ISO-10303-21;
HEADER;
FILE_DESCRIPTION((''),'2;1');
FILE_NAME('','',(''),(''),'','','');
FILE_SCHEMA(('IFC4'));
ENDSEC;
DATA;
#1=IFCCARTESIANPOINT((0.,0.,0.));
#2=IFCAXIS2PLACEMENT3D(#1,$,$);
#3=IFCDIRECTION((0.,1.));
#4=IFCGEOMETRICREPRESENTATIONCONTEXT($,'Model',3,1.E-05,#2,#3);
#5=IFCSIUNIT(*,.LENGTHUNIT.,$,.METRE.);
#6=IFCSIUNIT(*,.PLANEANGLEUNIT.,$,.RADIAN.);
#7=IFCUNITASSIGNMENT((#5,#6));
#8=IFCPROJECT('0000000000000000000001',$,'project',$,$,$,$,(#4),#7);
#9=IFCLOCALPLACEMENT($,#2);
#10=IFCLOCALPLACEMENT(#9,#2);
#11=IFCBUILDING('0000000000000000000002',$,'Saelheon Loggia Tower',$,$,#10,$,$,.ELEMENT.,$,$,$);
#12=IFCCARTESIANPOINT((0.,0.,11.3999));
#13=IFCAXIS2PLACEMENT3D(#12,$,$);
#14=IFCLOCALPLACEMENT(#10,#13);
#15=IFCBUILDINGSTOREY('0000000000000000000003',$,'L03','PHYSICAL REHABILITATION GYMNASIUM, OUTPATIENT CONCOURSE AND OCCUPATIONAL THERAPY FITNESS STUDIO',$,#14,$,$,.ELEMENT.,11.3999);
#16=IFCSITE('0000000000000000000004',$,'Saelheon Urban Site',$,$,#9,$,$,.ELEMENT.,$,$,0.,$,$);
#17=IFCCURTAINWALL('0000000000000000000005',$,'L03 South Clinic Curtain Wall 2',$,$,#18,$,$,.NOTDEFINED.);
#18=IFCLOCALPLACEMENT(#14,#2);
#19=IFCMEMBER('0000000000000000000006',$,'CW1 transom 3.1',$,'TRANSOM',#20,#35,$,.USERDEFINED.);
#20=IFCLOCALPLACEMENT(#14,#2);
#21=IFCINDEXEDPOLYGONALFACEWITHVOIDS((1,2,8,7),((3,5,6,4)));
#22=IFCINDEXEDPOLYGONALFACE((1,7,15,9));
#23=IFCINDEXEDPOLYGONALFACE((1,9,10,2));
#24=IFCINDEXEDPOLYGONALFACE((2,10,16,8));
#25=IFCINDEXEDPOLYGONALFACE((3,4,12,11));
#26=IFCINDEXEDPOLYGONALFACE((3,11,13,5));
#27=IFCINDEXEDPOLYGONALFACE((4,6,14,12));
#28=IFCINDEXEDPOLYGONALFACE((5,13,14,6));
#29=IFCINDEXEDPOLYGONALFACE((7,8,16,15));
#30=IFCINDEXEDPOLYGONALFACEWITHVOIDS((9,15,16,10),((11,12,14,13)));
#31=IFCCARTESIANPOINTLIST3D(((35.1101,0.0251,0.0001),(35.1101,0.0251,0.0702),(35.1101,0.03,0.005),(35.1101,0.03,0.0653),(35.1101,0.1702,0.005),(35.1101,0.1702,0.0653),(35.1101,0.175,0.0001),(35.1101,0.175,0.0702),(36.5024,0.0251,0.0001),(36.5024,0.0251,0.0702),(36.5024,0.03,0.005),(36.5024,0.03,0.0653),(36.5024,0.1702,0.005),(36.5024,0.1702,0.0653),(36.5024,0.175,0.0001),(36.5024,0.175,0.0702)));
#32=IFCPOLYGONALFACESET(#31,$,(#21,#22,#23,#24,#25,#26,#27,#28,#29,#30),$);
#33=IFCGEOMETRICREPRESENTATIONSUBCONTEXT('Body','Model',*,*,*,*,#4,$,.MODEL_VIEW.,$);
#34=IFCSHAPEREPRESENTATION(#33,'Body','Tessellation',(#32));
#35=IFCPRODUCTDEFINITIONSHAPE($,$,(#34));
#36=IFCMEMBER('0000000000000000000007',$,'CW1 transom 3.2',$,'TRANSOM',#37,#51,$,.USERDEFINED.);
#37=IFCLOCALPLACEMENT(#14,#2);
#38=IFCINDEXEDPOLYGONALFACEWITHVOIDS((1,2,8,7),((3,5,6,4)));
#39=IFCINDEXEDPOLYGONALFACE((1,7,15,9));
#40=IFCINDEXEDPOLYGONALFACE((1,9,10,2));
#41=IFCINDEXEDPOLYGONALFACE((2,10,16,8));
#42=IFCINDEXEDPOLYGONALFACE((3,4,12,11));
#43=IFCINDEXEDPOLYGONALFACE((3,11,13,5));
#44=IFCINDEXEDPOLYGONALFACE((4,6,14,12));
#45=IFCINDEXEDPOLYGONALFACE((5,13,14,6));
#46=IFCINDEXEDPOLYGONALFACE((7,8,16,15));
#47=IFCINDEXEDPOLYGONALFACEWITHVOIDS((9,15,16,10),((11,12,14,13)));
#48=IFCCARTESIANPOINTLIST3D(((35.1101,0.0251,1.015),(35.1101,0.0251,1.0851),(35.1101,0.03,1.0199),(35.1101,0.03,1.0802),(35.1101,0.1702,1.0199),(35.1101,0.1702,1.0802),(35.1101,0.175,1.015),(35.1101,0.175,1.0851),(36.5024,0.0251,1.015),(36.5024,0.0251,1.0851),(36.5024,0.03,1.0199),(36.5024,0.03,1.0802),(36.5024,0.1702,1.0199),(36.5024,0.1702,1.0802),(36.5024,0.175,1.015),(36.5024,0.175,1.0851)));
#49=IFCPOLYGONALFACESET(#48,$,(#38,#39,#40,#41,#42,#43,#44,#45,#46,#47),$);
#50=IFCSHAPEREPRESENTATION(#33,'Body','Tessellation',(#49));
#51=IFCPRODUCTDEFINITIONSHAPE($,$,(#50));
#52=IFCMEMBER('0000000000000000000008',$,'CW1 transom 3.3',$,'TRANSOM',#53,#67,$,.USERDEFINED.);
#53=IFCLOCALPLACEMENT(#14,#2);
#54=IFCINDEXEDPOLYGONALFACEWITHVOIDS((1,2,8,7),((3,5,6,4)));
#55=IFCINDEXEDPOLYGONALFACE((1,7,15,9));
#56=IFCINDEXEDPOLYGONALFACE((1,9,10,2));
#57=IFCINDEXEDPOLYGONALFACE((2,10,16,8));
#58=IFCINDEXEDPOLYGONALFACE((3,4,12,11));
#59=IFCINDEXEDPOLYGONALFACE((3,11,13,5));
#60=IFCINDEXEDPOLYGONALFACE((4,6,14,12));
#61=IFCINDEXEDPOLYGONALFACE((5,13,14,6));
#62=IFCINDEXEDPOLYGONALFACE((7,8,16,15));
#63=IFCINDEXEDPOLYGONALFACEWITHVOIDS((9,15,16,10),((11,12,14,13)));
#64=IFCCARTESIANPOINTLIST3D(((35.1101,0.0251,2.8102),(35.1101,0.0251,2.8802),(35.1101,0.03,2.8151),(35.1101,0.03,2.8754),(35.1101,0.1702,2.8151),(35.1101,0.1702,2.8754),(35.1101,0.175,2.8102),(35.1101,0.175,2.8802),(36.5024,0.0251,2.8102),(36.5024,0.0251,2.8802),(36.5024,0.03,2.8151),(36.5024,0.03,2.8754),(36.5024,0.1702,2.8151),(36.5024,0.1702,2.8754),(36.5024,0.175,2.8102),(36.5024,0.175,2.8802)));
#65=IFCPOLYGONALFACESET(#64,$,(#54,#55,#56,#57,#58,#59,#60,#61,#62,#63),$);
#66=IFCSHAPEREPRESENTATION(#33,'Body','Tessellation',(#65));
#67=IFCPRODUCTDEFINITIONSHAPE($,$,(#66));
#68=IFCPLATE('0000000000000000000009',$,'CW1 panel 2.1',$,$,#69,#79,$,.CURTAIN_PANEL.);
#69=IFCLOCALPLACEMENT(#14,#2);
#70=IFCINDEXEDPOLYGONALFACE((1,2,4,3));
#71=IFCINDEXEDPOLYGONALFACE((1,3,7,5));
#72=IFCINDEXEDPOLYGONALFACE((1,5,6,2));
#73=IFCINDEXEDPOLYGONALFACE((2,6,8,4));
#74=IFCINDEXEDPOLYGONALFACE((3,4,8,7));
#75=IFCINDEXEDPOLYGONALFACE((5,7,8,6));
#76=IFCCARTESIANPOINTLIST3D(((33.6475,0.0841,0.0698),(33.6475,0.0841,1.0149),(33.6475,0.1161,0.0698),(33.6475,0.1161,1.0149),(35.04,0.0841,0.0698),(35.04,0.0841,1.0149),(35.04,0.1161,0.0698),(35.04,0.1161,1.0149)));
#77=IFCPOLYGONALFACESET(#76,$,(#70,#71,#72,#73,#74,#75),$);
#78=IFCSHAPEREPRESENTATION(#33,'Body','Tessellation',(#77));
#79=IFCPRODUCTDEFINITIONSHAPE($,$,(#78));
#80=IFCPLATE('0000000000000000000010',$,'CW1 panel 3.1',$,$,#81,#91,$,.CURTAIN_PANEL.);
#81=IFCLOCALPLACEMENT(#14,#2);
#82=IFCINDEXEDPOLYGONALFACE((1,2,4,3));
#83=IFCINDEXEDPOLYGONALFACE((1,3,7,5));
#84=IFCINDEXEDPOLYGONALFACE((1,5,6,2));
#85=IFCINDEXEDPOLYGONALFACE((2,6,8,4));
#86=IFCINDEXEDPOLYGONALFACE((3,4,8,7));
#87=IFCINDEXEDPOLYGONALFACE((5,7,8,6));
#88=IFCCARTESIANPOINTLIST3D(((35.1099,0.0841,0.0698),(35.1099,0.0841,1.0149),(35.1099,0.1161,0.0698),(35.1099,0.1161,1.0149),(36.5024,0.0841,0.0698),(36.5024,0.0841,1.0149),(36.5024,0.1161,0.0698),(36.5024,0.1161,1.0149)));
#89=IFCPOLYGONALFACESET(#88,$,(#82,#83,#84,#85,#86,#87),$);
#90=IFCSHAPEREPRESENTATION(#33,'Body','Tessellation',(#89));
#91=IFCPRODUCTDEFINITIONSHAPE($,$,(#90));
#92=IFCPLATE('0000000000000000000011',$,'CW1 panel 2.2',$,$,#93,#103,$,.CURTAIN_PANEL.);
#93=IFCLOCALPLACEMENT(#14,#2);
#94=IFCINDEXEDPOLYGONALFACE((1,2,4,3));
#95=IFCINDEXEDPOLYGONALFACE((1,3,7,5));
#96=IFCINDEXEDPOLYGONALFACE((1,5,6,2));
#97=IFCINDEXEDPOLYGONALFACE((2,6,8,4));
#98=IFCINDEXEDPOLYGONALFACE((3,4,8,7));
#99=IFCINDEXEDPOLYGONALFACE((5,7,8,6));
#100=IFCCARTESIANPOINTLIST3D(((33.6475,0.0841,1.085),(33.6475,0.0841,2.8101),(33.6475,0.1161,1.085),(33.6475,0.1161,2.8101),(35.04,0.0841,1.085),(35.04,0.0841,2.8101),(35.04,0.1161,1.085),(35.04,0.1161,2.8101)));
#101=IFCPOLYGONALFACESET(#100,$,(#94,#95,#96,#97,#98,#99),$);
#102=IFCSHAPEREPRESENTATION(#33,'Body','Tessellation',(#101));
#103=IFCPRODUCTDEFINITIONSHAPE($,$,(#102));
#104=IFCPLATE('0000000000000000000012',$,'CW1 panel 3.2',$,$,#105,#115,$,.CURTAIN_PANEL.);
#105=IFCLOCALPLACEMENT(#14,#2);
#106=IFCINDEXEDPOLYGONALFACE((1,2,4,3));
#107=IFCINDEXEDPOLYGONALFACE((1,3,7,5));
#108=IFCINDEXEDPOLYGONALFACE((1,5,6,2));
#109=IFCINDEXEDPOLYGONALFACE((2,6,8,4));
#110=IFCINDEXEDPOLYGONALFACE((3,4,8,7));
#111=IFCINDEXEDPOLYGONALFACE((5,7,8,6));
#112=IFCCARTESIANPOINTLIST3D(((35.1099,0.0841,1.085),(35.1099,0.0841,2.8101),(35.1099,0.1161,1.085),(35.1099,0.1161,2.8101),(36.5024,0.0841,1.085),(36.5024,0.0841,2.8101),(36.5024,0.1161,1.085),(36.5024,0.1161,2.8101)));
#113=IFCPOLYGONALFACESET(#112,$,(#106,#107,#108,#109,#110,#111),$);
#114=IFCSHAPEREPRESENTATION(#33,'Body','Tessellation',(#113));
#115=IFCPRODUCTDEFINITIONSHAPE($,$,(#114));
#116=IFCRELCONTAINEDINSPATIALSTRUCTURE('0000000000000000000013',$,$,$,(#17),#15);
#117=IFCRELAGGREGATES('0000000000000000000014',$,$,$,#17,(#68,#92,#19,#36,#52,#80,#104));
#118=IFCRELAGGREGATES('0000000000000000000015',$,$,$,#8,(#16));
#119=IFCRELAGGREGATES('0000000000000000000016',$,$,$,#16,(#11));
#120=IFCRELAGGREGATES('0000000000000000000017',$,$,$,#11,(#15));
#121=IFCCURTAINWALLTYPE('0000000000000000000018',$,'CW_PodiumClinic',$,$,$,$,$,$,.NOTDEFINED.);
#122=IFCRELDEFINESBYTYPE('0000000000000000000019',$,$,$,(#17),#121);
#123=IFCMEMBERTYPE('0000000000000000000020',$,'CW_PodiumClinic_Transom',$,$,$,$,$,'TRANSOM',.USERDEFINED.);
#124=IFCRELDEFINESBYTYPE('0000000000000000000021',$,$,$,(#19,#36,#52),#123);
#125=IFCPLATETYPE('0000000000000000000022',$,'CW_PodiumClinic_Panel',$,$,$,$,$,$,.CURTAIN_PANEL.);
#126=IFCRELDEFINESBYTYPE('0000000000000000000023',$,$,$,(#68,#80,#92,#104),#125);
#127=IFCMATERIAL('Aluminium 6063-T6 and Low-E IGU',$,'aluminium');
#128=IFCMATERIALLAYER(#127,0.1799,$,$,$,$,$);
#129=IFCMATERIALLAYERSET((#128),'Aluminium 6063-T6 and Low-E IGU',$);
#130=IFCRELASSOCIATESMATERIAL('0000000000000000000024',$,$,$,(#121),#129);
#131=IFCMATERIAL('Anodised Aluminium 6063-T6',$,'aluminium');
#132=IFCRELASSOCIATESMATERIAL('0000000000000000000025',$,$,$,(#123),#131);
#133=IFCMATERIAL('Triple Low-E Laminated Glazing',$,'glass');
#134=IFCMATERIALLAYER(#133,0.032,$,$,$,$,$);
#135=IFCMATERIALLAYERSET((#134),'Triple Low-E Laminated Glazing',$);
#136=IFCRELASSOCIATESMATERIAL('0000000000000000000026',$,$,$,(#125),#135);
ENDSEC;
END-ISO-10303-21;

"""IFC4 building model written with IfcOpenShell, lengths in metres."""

from ifc_helpers import new_model, si_unit, direction, frame, origin, origin_2d, place, context, subcontext, project, spatial, rectangle, hollow_rectangle, extrude, source, transform, mapped, material, layer, layer_set, material_profile, profile_set, type_object, element, aggregate, save


model = new_model("IFC4")

# Units and contexts
model_context = context("Model", 3, precision=1e-05, world=origin(), true_north=direction((0.0, 1.0)))
body_context = subcontext(model_context, "Body", "Model", "MODEL_VIEW")
ifc_project = project(units=[si_unit("LENGTHUNIT", "METRE"), si_unit("PLANEANGLEUNIT", "RADIAN")], contexts=[model_context])

# Site, building, storey
site_placement = place(None, origin())
site = spatial("IfcSite", under=ifc_project, at=site_placement, Name="Saelheon Urban Site", CompositionType="ELEMENT", RefElevation=0.0)
building_placement = place(site_placement, origin())
building = spatial("IfcBuilding", under=site, at=building_placement, Name="Saelheon Loggia Tower", CompositionType="ELEMENT")
storey_placement = place(building_placement, frame((0.0, 0.0, 11.3999)))
storey = spatial("IfcBuildingStorey", under=building, at=storey_placement, Name="L03", Description="PHYSICAL REHABILITATION GYMNASIUM, OUTPATIENT CONCOURSE AND OCCUPATIONAL THERAPY FITNESS STUDIO", CompositionType="ELEMENT", Elevation=11.3999)

# Curtain wall, members, plates
ifc_material_1 = material(Name="Aluminium 6063-T6 and Low-E IGU", Category="aluminium")
ifc_layer_1 = layer(ifc_material_1, 0.1799)
ifc_layer_set_1 = layer_set([ifc_layer_1], Name="Aluminium 6063-T6 and Low-E IGU")
curtain_wall_type = type_object("IfcCurtainWallType", Name="CW_PodiumClinic", PredefinedType="NOTDEFINED", material=ifc_layer_set_1)
curtain_wall_placement = place(storey_placement, origin())
curtain_wall = element("IfcCurtainWall", 1, at=curtain_wall_placement, inside=storey, type_object=curtain_wall_type, Name="L03 South Clinic Curtain Wall 2", PredefinedType="NOTDEFINED")
ifc_material_2 = material(Name="Anodised Aluminium 6063-T6", Category="aluminium")
ifc_material_profile_1 = material_profile(ifc_material_2, hollow_rectangle(XDim=0.0701, YDim=0.1499, WallThickness=0.0049, at=origin_2d()), Name="RHS-150x70x5")
ifc_profile_set_1 = profile_set([ifc_material_profile_1], Name="Anodised Aluminium 6063-T6")
member_type_1 = type_object("IfcMemberType", Name="CW_PodiumClinic_Transom", ElementType="TRANSOM", PredefinedType="USERDEFINED", material=ifc_profile_set_1)
shared_shape_1 = source(origin(), body_context, "Body", "SweptSolid", [
    extrude(hollow_rectangle(XDim=0.0701, YDim=0.1499, WallThickness=0.0049, at=origin_2d()), origin(), (0.0, 0.0, 1.0), 1.3923),
])
member_1_placement = place(storey_placement, frame((35.1101, 0.1001, 0.0352), z_axis=(1.0, 0.0, 0.0), x_axis=(0.0, 0.0, 1.0)))
member_1 = element("IfcMember", 2, at=member_1_placement, type_object=member_type_1, Name="CW1 transom 3.1", ObjectType="TRANSOM", PredefinedType="USERDEFINED", context=body_context, shape_type="MappedRepresentation", body=[
    mapped(shared_shape_1, transform((0.0, 0.0, 0.0), scale=1.0)),
])
member_2_placement = place(storey_placement, frame((35.1101, 0.1001, 1.05), z_axis=(1.0, 0.0, 0.0), x_axis=(0.0, 0.0, 1.0)))
member_2 = element("IfcMember", 3, at=member_2_placement, type_object=member_type_1, Name="CW1 transom 3.2", ObjectType="TRANSOM", PredefinedType="USERDEFINED", context=body_context, shape_type="MappedRepresentation", body=[
    mapped(shared_shape_1, transform((0.0, 0.0, 0.0), scale=1.0)),
])
member_3_placement = place(storey_placement, frame((35.1101, 0.1001, 2.8452), z_axis=(1.0, 0.0, 0.0), x_axis=(0.0, 0.0, 1.0)))
member_3 = element("IfcMember", 4, at=member_3_placement, type_object=member_type_1, Name="CW1 transom 3.3", ObjectType="TRANSOM", PredefinedType="USERDEFINED", context=body_context, shape_type="MappedRepresentation", body=[
    mapped(shared_shape_1, transform((0.0, 0.0, 0.0), scale=1.0)),
])
ifc_material_3 = material(Name="Triple Low-E Laminated Glazing", Category="glass")
ifc_layer_2 = layer(ifc_material_3, 0.032)
ifc_layer_set_2 = layer_set([ifc_layer_2], Name="Triple Low-E Laminated Glazing")
plate_type = type_object("IfcPlateType", Name="CW_PodiumClinic_Panel", PredefinedType="CURTAIN_PANEL", material=ifc_layer_set_2)
shared_shape_2 = source(origin(), body_context, "Body", "SweptSolid", [
    extrude(rectangle(XDim=1.3926, YDim=0.032, at=origin_2d()), origin(), (0.0, 0.0, 1.0), 0.9451),
])
plate_1_placement = place(storey_placement, frame((34.3438, 0.1001, 0.0698), z_axis=(0.0, 0.0, 1.0), x_axis=(1.0, 0.0, 0.0)))
plate_1 = element("IfcPlate", 5, at=plate_1_placement, type_object=plate_type, Name="CW1 panel 2.1", PredefinedType="CURTAIN_PANEL", context=body_context, shape_type="MappedRepresentation", body=[
    mapped(shared_shape_2, transform((0.0, 0.0, 0.0), scale=1.0)),
])
plate_2_placement = place(storey_placement, frame((35.8062, 0.1001, 0.0698), z_axis=(0.0, 0.0, 1.0), x_axis=(1.0, 0.0, 0.0)))
plate_2 = element("IfcPlate", 6, at=plate_2_placement, type_object=plate_type, Name="CW1 panel 3.1", PredefinedType="CURTAIN_PANEL", context=body_context, shape_type="MappedRepresentation", body=[
    mapped(shared_shape_2, transform((0.0, 0.0, 0.0), scale=1.0)),
])
shared_shape_3 = source(origin(), body_context, "Body", "SweptSolid", [
    extrude(rectangle(XDim=1.3926, YDim=0.032, at=origin_2d()), origin(), (0.0, 0.0, 1.0), 1.7251),
])
plate_3_placement = place(storey_placement, frame((34.3438, 0.1001, 1.085), z_axis=(0.0, 0.0, 1.0), x_axis=(1.0, 0.0, 0.0)))
plate_3 = element("IfcPlate", 7, at=plate_3_placement, type_object=plate_type, Name="CW1 panel 2.2", PredefinedType="CURTAIN_PANEL", context=body_context, shape_type="MappedRepresentation", body=[
    mapped(shared_shape_3, transform((0.0, 0.0, 0.0), scale=1.0)),
])
plate_4_placement = place(storey_placement, frame((35.8062, 0.1001, 1.085), z_axis=(0.0, 0.0, 1.0), x_axis=(1.0, 0.0, 0.0)))
plate_4 = element("IfcPlate", 8, at=plate_4_placement, type_object=plate_type, Name="CW1 panel 3.2", PredefinedType="CURTAIN_PANEL", context=body_context, shape_type="MappedRepresentation", body=[
    mapped(shared_shape_3, transform((0.0, 0.0, 0.0), scale=1.0)),
])
aggregate(curtain_wall, [plate_1, plate_3, member_1, member_2, member_3, plate_2, plate_4])

save(model, "model.ifc")
